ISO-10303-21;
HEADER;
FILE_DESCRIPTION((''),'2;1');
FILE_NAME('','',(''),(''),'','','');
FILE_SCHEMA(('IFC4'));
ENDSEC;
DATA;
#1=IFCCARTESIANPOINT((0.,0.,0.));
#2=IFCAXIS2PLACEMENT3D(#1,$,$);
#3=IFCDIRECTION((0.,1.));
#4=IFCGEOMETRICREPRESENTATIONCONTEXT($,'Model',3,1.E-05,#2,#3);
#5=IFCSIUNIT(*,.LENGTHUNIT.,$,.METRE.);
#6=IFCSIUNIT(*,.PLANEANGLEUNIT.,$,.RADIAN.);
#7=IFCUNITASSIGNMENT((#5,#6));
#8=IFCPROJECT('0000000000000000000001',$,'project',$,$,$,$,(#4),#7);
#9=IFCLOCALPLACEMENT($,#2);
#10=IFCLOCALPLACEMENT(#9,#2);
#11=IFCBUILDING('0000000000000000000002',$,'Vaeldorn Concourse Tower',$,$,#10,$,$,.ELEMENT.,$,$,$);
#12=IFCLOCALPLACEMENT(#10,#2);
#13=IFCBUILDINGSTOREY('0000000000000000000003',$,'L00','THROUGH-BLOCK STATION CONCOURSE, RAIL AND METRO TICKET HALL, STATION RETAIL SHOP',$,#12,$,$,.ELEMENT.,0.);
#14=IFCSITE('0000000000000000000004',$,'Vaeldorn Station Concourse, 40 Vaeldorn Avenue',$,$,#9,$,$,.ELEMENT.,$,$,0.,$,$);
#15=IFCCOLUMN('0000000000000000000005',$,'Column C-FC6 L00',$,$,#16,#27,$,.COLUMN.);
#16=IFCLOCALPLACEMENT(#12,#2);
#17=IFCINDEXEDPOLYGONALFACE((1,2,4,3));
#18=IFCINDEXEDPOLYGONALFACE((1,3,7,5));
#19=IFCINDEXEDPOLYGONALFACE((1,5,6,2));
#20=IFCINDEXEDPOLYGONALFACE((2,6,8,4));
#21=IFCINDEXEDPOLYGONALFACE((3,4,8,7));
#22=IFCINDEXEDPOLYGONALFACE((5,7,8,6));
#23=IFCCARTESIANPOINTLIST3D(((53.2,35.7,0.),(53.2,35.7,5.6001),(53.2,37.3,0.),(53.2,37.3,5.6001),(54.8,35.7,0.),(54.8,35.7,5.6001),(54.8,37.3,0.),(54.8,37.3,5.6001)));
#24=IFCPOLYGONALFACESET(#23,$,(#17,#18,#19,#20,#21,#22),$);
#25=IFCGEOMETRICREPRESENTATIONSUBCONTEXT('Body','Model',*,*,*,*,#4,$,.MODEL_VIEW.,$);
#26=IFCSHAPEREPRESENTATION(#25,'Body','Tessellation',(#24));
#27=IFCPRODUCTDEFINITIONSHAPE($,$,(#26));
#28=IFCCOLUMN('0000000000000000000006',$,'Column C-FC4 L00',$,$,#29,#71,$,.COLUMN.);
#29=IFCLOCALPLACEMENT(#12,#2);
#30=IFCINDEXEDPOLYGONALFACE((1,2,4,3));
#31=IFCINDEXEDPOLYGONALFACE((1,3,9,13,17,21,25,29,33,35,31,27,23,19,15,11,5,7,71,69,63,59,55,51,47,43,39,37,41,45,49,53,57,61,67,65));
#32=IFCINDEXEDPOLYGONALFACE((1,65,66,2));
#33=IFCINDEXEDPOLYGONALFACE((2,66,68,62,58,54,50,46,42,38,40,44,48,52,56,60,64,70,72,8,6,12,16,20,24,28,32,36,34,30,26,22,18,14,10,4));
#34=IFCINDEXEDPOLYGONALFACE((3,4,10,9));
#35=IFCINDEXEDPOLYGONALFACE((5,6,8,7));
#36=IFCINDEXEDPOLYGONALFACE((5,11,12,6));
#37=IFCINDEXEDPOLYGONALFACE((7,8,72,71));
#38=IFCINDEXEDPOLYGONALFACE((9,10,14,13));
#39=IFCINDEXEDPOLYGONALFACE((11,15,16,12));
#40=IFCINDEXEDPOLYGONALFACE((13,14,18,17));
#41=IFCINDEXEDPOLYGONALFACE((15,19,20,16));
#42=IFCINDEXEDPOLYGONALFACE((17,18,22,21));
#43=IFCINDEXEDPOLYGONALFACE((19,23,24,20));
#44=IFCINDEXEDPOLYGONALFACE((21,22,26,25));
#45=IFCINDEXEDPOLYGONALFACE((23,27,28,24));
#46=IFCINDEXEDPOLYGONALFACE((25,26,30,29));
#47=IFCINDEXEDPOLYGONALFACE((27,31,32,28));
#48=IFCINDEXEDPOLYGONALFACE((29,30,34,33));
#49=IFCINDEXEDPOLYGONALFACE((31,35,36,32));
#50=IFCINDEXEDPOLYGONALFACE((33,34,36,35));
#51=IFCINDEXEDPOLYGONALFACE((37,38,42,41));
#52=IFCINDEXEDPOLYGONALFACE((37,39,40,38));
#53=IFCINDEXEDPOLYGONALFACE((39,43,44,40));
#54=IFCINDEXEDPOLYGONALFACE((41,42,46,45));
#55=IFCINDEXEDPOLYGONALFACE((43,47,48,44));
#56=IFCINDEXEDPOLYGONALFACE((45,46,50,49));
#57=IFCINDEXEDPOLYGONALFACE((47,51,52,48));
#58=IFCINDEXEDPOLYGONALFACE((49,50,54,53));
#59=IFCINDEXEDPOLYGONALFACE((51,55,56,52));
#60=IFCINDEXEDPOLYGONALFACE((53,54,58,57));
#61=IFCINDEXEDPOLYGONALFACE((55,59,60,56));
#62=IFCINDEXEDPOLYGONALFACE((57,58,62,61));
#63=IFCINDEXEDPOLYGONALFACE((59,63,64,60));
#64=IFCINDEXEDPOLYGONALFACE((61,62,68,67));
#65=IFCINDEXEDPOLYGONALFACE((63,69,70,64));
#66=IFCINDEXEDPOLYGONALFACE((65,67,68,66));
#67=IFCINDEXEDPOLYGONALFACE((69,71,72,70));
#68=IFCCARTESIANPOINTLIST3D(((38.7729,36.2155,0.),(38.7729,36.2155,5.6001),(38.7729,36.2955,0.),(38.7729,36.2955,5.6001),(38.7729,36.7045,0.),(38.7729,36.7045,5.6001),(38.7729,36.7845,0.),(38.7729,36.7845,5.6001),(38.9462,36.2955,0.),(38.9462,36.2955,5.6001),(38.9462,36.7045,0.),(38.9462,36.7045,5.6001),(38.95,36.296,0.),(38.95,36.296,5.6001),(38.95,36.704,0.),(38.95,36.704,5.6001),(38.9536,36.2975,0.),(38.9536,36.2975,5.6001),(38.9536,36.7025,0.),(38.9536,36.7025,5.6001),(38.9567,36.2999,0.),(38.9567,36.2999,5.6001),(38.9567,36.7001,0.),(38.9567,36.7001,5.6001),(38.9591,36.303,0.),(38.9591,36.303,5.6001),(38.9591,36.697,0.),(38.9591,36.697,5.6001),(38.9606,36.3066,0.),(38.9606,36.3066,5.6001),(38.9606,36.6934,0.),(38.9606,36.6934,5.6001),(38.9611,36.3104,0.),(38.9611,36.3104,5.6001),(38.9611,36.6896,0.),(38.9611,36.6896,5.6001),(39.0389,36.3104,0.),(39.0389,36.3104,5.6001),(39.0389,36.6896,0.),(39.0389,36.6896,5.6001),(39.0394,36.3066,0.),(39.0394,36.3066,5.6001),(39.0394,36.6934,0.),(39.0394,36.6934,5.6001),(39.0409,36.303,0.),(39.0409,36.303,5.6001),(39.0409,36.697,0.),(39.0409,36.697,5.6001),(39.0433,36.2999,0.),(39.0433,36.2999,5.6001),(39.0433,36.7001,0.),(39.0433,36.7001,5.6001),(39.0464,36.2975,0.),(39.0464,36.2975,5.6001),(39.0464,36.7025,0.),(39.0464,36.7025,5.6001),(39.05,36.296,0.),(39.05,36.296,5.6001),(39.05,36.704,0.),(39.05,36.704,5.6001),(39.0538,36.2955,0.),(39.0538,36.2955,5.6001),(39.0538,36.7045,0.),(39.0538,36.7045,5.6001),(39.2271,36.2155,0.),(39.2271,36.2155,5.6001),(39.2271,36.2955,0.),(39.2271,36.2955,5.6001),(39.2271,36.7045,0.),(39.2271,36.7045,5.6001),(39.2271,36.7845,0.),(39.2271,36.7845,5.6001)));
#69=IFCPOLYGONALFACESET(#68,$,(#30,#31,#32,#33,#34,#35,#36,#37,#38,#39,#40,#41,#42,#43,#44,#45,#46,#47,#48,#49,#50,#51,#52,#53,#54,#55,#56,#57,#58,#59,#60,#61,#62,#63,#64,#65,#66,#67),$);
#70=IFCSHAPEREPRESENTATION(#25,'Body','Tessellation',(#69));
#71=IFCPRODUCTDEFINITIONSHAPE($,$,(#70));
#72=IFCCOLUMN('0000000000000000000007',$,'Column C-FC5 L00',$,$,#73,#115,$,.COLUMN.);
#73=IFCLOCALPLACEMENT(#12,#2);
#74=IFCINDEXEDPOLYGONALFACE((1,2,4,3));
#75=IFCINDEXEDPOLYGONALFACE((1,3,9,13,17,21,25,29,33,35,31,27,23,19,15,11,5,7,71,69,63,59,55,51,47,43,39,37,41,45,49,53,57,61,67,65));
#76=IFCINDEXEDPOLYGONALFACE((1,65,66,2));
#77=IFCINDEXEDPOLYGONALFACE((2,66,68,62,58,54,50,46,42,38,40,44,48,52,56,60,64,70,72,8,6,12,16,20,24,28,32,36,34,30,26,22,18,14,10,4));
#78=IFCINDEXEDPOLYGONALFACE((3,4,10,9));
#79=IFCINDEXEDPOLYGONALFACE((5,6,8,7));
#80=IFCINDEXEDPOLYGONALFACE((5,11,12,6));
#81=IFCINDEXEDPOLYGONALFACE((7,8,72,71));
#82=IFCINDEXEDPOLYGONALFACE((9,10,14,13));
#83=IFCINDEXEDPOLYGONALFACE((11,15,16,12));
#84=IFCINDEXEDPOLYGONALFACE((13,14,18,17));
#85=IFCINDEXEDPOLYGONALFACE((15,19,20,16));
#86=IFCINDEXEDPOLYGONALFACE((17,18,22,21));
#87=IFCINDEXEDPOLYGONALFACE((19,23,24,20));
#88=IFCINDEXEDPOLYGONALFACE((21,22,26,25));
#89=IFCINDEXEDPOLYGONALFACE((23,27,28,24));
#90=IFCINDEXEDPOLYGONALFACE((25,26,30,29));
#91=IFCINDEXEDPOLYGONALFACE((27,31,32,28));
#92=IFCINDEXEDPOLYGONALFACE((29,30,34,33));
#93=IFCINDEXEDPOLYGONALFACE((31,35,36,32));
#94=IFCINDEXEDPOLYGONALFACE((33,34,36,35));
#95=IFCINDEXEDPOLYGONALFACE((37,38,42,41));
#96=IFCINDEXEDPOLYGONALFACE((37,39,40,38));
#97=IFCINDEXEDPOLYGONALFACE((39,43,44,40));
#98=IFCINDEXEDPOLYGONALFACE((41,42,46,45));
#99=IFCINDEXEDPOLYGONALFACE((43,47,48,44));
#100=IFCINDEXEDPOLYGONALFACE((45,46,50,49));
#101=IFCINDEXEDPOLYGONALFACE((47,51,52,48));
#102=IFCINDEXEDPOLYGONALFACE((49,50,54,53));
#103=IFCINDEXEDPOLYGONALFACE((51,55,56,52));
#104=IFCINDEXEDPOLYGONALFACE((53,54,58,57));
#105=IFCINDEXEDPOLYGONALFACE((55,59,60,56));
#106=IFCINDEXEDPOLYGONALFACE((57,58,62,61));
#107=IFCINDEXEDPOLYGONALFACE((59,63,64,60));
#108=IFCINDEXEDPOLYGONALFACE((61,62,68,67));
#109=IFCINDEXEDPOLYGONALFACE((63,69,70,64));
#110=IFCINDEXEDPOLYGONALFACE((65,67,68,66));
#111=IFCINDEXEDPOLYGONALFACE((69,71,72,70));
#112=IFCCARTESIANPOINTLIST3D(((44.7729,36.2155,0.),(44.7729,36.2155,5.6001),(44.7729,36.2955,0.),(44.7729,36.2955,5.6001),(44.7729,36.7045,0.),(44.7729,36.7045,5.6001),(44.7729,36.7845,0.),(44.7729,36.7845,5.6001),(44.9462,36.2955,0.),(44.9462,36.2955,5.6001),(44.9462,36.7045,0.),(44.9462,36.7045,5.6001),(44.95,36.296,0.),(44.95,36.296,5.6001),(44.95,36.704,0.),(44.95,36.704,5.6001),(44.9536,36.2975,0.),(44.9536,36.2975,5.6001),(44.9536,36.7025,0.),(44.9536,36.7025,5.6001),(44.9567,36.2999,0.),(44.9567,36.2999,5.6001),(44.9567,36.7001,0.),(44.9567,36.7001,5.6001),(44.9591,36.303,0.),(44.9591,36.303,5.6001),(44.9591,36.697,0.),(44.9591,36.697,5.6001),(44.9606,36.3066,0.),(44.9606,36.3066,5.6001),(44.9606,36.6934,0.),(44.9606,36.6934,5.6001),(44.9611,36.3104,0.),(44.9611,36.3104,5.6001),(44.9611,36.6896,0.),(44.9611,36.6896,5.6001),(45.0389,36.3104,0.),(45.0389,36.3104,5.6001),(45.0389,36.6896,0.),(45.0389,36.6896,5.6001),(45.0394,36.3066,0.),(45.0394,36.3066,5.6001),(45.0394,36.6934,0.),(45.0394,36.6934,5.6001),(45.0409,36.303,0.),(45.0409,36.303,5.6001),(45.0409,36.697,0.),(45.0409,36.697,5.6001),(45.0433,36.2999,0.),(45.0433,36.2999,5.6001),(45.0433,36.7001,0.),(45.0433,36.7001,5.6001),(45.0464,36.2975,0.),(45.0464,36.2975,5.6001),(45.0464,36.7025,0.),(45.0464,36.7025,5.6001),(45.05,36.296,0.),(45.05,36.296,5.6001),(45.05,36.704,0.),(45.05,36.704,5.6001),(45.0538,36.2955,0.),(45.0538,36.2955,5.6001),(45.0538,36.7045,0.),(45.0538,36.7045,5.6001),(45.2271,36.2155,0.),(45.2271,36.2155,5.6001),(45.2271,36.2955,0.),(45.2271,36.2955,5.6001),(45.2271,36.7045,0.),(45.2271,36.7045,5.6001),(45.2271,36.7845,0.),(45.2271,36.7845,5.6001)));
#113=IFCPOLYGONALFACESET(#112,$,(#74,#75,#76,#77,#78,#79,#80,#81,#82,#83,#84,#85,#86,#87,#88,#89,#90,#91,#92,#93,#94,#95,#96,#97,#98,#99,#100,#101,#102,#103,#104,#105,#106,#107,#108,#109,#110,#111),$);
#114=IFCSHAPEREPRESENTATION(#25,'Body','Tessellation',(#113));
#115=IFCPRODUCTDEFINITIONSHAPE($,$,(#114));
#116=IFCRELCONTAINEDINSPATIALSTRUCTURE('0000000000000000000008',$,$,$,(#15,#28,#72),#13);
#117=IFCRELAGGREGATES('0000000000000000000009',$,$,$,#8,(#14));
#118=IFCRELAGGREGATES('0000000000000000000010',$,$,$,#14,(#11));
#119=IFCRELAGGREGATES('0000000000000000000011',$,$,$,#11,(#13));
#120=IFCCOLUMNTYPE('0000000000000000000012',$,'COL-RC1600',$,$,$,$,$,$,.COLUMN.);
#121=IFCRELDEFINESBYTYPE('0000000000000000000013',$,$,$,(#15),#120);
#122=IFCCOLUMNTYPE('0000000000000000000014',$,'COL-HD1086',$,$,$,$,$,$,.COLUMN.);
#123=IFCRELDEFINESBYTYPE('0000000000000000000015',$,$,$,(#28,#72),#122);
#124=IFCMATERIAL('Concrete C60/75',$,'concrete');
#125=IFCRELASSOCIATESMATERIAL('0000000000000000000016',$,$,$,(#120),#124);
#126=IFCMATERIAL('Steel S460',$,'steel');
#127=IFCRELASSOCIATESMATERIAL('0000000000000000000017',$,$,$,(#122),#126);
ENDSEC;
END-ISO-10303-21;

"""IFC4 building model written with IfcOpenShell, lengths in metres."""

from ifc_helpers import new_model, si_unit, direction, frame, origin, origin_2d, place, context, subcontext, project, spatial, rectangle, i_section, extrude, source, transform, mapped, material, material_profile, profile_set, type_object, element, save


model = new_model("IFC4")

# Units and contexts
model_context = context("Model", 3, precision=1e-05, world=origin(), true_north=direction((0.0, 1.0)))
body_context = subcontext(model_context, "Body", "Model", "MODEL_VIEW")
ifc_project = project(units=[si_unit("LENGTHUNIT", "METRE"), si_unit("PLANEANGLEUNIT", "RADIAN")], contexts=[model_context])

# Site, building, storey
site_placement = place(None, origin())
site = spatial("IfcSite", under=ifc_project, at=site_placement, Name="Vaeldorn Station Concourse, 40 Vaeldorn Avenue", CompositionType="ELEMENT", RefElevation=0.0)
building_placement = place(site_placement, origin())
building = spatial("IfcBuilding", under=site, at=building_placement, Name="Vaeldorn Concourse Tower", CompositionType="ELEMENT")
storey_placement = place(building_placement, origin())
storey = spatial("IfcBuildingStorey", under=building, at=storey_placement, Name="L00", Description="THROUGH-BLOCK STATION CONCOURSE, RAIL AND METRO TICKET HALL, STATION RETAIL SHOP", CompositionType="ELEMENT", Elevation=0.0)

# Columns
ifc_material_1 = material(Name="Concrete C60/75", Category="concrete")
ifc_material_profile_1 = material_profile(ifc_material_1, rectangle(XDim=1.6001, YDim=1.6001, at=origin_2d()), Name="RC 1600x1600")
ifc_profile_set_1 = profile_set([ifc_material_profile_1], Name="Concrete C60/75")
column_type_1 = type_object("IfcColumnType", Name="COL-RC1600", PredefinedType="COLUMN", material=ifc_profile_set_1)
shared_shape_1 = source(origin(), body_context, "Body", "SweptSolid", [
    extrude(rectangle(XDim=1.6001, YDim=1.6001, at=origin_2d()), origin(), (0.0, 0.0, 1.0), 5.6001),
])
column_1_placement = place(storey_placement, frame((54.0, 36.5, 0.0), z_axis=(0.0, 0.0, 1.0), x_axis=(1.0, 0.0, 0.0)))
element("IfcColumn", 1, at=column_1_placement, inside=storey, type_object=column_type_1, Name="Column C-FC6 L00", PredefinedType="COLUMN", context=body_context, shape_type="MappedRepresentation", body=[
    mapped(shared_shape_1, transform((0.0, 0.0, 0.0), scale=1.0)),
])
ifc_material_2 = material(Name="Steel S460", Category="steel")
ifc_material_profile_2 = material_profile(ifc_material_2, i_section(OverallWidth=0.4541, OverallDepth=0.5691, WebThickness=0.0779, FlangeThickness=0.0801, FilletRadius=0.0149, at=origin_2d()), Name="HD 400x1086")
ifc_profile_set_2 = profile_set([ifc_material_profile_2], Name="Steel S460")
column_type_2 = type_object("IfcColumnType", Name="COL-HD1086", PredefinedType="COLUMN", material=ifc_profile_set_2)
shared_shape_2 = source(origin(), body_context, "Body", "SweptSolid", [
    extrude(i_section(OverallWidth=0.4541, OverallDepth=0.5691, WebThickness=0.0779, FlangeThickness=0.0801, FilletRadius=0.0149, at=origin_2d()), origin(), (0.0, 0.0, 1.0), 5.6001),
])
for number, where, z_axis, x_axis, name in (
    (2, (39.0, 36.5, 0.0), (0.0, 0.0, 1.0), (1.0, 0.0, 0.0), "Column C-FC4 L00"),
    (3, (45.0, 36.5, 0.0), (0.0, 0.0, 1.0), (1.0, 0.0, 0.0), "Column C-FC5 L00"),
):
    element("IfcColumn", number, at=place(storey_placement, frame(where, z_axis=z_axis, x_axis=x_axis)), inside=storey, type_object=column_type_2, Name=name, PredefinedType="COLUMN", context=body_context, shape_type="MappedRepresentation", body=[
        mapped(shared_shape_2, transform((0.0, 0.0, 0.0), scale=1.0)),
    ])

save(model, "model.ifc")
